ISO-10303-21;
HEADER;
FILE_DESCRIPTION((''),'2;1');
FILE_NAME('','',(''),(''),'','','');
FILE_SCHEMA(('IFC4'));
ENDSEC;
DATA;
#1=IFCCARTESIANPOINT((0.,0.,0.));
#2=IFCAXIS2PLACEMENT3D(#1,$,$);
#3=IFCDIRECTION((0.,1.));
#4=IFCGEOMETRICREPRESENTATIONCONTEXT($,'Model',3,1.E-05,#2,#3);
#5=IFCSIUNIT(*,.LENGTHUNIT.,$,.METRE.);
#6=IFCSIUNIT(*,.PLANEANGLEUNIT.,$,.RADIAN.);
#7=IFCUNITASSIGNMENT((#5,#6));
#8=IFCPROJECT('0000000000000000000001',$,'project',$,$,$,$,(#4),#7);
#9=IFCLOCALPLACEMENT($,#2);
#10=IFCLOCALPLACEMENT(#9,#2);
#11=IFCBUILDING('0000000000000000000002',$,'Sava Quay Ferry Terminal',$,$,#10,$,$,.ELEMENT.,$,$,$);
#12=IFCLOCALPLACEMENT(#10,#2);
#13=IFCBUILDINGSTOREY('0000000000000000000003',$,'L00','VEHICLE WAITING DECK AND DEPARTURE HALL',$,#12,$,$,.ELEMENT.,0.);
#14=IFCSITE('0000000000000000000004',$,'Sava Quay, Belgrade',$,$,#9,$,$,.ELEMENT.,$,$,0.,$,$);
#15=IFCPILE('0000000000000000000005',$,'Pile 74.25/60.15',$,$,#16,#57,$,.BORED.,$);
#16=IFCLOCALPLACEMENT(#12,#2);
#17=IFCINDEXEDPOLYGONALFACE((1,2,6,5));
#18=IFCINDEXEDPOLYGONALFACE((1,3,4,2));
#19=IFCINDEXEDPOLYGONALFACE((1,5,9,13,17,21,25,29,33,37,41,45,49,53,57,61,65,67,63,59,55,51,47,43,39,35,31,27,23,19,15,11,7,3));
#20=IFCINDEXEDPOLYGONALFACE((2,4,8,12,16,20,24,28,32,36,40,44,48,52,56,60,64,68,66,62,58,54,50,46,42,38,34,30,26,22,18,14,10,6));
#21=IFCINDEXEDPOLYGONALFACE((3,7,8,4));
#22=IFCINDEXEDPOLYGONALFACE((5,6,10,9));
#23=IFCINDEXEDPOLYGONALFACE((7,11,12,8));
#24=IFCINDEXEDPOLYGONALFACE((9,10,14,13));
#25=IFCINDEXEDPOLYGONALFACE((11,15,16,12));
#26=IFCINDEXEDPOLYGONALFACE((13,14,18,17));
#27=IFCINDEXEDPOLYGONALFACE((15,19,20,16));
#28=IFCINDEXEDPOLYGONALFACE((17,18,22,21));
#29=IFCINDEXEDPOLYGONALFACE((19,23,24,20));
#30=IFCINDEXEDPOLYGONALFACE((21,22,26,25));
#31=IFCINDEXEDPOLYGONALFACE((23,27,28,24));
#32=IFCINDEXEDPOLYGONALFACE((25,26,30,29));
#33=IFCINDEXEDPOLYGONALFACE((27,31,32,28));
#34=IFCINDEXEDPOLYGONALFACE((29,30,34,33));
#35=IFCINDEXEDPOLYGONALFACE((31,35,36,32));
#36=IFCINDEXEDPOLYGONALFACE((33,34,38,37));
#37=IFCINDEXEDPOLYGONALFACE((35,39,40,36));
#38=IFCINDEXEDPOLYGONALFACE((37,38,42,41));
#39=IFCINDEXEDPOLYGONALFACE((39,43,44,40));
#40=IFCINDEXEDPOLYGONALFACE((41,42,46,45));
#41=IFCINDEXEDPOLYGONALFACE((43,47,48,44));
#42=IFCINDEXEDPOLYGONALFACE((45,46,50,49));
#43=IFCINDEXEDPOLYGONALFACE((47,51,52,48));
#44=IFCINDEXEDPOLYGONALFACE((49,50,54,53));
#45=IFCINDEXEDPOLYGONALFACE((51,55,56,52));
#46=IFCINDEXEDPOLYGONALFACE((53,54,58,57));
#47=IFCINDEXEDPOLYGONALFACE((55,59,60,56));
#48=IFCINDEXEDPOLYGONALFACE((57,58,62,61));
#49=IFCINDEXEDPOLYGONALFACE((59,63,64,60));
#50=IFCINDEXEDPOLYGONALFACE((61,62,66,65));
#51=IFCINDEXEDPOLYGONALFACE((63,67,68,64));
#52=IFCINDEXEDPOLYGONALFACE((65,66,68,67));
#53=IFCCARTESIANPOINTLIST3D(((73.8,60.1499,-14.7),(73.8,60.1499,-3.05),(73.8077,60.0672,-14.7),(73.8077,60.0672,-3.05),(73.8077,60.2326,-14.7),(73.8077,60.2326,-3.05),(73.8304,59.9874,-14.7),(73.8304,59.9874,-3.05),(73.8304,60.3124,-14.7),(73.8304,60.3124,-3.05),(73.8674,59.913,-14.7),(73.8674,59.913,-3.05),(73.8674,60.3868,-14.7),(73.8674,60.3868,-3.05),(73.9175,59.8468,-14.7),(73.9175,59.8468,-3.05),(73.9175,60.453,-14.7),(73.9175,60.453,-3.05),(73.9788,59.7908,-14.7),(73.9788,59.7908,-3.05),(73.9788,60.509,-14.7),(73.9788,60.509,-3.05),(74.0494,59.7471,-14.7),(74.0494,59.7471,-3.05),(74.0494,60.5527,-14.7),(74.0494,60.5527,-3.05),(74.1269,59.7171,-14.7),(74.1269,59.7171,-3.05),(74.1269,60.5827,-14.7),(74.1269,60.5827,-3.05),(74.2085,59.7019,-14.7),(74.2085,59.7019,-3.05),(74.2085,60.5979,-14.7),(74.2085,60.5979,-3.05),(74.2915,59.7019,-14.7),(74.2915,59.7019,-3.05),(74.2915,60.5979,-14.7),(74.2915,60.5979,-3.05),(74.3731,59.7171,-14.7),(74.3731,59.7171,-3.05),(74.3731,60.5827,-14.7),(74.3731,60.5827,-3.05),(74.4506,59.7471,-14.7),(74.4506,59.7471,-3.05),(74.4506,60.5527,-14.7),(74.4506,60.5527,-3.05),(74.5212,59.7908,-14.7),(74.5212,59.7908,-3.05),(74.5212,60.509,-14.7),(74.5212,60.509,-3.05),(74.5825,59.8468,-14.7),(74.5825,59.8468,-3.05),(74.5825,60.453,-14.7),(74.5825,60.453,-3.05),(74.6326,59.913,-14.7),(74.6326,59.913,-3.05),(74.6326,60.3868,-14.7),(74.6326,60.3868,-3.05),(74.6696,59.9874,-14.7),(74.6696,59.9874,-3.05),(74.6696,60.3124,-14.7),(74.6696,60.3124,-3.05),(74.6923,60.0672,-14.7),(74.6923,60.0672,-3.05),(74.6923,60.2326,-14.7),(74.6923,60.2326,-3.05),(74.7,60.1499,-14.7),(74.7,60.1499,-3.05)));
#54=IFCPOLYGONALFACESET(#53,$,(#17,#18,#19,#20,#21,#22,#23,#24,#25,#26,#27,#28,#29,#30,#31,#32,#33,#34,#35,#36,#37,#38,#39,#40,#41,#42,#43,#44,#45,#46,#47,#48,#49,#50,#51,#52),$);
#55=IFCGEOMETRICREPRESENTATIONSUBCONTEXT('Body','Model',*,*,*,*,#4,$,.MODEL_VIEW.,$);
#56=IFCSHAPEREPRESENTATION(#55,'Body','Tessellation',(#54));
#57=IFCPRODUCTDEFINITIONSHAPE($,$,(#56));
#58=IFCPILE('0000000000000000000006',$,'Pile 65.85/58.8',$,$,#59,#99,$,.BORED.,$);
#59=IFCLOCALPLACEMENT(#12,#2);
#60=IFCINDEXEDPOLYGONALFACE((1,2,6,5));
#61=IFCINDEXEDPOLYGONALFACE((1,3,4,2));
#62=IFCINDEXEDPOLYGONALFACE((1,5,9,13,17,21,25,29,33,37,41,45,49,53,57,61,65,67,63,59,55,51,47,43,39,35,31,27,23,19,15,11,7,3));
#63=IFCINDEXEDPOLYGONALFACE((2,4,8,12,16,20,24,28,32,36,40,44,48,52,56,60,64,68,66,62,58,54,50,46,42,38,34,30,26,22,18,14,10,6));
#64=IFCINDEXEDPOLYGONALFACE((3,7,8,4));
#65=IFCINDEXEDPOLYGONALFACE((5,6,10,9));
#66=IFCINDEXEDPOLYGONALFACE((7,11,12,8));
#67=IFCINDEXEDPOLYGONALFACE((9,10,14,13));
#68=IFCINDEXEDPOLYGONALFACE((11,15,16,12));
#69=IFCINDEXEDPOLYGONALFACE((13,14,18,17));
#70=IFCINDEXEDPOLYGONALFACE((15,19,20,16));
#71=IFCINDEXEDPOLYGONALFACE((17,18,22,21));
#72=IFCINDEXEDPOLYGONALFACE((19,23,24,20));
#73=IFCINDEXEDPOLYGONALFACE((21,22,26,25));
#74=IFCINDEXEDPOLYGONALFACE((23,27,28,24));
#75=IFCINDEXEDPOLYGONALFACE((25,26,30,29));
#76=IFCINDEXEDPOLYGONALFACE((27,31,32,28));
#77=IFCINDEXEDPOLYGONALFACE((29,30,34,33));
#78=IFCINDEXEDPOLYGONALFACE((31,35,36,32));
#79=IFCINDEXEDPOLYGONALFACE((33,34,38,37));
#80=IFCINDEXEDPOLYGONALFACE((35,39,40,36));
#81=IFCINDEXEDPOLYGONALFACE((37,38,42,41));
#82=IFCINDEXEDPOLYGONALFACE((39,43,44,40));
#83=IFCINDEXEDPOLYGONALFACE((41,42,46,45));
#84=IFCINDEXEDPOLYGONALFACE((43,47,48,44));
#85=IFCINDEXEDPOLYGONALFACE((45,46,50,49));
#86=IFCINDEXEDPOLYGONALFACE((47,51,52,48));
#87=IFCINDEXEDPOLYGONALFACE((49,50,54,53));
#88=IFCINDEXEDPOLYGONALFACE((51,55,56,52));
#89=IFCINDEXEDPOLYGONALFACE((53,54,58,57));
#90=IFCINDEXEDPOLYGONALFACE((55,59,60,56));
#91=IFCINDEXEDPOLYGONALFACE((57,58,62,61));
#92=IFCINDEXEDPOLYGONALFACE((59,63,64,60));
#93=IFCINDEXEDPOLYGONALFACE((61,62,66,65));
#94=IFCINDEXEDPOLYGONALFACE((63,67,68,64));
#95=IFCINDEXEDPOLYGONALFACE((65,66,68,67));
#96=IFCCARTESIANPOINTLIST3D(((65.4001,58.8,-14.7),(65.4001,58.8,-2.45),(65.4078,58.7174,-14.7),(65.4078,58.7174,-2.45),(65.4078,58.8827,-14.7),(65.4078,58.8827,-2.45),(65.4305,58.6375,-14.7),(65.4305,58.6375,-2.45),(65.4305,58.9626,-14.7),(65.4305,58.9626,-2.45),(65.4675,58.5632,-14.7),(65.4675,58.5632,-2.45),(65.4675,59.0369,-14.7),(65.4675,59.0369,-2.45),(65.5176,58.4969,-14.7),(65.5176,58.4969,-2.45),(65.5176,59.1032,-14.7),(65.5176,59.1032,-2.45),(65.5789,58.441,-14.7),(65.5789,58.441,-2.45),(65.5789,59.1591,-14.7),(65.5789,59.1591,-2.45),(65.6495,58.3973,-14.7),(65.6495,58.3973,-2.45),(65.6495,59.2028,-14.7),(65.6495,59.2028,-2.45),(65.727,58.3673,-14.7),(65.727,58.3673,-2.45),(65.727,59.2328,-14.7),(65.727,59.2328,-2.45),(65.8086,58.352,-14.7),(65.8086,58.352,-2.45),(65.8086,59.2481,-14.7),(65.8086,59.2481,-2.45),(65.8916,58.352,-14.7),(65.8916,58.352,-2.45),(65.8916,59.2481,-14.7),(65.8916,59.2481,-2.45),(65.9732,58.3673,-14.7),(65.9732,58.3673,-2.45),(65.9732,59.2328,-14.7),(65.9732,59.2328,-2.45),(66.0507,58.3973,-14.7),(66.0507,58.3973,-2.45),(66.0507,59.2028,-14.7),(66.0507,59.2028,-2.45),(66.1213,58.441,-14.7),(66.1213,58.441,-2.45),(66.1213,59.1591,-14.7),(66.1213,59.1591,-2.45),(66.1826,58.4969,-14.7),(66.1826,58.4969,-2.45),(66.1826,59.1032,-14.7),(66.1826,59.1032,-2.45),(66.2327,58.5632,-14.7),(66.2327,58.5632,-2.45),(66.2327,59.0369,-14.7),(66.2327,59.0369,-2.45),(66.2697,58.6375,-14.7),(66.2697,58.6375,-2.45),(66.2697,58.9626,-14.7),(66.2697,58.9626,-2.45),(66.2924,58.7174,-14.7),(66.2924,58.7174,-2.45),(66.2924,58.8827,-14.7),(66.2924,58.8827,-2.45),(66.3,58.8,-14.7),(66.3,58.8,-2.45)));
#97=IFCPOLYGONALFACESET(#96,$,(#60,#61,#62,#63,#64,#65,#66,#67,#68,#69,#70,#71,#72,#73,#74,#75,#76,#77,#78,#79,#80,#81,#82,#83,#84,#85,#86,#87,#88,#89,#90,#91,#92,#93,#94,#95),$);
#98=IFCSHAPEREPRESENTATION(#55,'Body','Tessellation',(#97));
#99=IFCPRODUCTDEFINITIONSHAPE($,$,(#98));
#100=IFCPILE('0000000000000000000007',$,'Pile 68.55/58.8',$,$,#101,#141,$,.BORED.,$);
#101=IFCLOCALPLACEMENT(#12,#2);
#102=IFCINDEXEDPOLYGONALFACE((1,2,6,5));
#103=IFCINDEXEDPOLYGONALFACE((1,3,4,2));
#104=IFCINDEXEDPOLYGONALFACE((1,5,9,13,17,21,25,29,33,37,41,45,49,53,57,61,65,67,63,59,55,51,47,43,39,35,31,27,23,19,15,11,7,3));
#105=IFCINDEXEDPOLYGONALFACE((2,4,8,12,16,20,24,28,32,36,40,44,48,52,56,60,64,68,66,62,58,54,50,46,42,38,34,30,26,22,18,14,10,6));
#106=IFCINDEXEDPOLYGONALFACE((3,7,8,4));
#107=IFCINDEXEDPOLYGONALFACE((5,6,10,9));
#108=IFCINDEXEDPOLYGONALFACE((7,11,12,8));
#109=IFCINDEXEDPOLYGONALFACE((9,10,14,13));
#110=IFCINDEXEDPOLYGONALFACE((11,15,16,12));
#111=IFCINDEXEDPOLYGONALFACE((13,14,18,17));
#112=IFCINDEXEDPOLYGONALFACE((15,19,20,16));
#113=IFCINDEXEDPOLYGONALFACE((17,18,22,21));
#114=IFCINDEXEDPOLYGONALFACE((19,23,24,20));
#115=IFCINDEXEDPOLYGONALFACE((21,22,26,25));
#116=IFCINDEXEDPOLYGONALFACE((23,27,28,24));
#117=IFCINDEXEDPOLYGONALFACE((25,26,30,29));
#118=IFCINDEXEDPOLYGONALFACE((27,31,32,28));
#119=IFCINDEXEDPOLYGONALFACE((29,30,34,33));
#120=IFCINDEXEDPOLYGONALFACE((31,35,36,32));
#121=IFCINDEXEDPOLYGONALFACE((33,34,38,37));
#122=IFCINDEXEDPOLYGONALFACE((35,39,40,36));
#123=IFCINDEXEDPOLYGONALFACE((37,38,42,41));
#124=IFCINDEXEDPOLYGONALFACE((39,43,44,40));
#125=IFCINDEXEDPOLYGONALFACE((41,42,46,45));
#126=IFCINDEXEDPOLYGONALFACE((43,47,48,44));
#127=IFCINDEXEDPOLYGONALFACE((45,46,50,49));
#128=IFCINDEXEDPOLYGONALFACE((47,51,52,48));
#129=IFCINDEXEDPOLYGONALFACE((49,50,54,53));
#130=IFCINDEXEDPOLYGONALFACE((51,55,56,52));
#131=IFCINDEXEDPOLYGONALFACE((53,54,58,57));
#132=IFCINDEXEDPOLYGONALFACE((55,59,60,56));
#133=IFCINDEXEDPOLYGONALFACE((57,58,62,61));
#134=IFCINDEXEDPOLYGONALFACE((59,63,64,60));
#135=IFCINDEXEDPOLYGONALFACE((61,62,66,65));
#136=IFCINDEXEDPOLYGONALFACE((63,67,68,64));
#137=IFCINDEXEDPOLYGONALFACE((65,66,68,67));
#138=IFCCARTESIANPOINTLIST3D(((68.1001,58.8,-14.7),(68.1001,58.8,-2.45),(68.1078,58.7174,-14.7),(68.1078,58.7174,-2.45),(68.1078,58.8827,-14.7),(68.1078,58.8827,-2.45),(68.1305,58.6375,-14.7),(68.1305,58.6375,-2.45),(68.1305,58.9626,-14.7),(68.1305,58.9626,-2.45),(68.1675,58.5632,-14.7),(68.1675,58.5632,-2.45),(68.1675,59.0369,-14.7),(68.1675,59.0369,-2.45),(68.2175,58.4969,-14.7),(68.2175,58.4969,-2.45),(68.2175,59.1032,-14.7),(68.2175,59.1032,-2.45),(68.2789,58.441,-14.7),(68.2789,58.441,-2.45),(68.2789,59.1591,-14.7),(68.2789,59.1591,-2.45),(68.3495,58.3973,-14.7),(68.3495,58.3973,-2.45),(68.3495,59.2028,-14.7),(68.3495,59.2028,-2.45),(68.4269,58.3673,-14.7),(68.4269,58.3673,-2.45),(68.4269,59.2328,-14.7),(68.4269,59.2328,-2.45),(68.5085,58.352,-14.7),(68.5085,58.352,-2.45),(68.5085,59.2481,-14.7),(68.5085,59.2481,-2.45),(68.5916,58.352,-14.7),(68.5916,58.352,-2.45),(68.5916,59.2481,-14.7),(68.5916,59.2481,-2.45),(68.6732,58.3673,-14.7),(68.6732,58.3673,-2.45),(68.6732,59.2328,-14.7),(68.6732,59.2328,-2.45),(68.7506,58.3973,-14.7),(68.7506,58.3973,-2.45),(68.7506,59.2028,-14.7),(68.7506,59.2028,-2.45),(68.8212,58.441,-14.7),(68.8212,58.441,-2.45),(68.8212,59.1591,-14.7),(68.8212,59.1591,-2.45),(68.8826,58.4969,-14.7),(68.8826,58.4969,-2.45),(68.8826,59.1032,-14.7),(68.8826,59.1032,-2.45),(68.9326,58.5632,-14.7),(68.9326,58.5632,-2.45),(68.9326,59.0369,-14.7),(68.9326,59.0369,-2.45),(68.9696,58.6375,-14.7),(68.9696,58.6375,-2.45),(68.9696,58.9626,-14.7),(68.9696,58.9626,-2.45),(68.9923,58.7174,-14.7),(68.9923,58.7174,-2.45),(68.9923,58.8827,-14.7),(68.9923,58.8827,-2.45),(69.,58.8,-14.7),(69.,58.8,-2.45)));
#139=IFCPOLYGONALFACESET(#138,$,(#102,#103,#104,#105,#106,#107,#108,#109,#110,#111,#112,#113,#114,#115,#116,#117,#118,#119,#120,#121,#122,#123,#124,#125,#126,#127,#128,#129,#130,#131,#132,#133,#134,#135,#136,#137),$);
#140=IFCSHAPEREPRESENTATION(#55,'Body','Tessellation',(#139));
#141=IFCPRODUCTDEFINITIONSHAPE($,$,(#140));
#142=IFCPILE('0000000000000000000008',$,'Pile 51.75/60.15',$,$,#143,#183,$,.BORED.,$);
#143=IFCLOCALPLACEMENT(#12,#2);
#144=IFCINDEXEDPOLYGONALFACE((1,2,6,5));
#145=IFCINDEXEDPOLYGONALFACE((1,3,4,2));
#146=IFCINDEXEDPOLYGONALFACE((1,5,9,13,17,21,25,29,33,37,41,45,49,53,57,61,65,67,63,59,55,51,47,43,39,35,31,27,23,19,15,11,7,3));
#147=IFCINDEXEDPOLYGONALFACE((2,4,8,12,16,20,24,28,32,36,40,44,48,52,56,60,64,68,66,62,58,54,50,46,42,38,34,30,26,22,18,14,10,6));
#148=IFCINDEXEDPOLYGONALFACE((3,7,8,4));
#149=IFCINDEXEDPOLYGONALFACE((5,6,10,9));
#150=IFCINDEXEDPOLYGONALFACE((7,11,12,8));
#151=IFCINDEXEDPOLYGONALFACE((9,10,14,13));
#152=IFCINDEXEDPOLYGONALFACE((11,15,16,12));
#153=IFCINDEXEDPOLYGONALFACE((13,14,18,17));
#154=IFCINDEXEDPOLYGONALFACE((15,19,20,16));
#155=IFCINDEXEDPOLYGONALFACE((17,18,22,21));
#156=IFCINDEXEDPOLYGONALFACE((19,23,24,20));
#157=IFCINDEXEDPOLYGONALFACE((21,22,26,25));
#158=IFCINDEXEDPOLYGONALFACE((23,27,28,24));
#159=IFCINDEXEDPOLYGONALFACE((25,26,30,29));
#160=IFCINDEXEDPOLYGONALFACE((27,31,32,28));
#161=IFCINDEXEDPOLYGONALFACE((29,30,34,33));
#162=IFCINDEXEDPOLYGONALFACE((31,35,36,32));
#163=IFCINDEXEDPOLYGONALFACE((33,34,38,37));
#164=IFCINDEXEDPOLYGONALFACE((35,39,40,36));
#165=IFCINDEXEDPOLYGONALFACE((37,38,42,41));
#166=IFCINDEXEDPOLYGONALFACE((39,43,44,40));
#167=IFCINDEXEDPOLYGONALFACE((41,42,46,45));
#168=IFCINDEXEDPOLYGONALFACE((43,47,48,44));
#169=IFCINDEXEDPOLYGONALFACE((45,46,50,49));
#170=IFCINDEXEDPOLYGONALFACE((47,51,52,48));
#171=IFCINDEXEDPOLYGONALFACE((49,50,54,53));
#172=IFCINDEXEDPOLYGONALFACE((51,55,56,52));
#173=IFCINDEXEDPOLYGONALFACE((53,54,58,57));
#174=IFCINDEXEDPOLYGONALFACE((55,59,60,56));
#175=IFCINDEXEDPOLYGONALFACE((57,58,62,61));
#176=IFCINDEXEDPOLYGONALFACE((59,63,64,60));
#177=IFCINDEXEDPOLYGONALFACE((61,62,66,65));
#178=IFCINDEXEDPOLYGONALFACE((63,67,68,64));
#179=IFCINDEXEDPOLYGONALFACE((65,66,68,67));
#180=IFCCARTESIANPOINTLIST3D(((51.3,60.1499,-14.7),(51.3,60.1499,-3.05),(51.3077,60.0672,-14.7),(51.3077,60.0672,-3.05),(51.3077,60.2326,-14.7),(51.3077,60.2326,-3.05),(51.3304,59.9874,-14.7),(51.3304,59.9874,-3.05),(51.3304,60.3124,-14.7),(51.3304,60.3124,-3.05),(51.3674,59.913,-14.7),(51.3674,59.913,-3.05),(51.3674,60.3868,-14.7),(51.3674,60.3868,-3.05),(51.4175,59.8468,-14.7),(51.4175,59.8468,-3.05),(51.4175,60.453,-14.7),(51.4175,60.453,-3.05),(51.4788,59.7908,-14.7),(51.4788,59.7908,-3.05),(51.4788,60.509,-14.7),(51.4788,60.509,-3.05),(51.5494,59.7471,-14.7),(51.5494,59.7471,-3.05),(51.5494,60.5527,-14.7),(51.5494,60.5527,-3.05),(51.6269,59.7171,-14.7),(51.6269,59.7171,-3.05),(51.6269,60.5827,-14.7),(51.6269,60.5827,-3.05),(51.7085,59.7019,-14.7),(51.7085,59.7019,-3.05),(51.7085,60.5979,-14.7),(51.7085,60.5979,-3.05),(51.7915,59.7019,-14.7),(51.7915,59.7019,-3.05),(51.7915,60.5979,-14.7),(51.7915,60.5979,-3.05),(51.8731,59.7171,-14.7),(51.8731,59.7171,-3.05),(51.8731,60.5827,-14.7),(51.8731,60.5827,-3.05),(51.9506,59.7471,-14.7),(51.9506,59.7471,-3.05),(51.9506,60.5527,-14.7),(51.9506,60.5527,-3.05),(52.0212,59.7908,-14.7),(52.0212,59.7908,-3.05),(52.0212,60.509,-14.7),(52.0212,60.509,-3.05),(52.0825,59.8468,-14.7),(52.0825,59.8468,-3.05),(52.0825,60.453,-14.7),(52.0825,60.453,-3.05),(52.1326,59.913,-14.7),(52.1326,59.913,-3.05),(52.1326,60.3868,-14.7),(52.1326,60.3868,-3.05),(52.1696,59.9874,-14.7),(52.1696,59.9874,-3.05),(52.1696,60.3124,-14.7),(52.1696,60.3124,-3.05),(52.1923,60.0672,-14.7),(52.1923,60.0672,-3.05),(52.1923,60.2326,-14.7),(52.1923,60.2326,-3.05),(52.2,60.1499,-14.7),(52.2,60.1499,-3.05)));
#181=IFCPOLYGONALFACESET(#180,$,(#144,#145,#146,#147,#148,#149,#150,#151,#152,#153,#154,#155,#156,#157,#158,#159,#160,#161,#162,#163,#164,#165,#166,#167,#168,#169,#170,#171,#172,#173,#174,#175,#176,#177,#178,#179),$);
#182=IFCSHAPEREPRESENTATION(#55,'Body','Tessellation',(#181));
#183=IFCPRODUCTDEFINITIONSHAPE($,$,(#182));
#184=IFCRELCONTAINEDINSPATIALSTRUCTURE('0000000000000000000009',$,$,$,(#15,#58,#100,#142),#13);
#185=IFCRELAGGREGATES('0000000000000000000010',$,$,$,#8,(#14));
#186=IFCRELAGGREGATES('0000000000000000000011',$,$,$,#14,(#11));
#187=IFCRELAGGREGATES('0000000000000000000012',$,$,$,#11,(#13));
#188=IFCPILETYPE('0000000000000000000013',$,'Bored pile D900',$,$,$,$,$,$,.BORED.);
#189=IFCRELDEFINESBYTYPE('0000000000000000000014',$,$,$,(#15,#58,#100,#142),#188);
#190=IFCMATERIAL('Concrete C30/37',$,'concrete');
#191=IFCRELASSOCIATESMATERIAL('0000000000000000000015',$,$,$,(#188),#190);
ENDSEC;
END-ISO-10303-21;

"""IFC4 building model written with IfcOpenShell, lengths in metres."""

from ifc_helpers import new_model, si_unit, direction, frame, origin, origin_2d, place, context, subcontext, project, spatial, circle, extrude, material, material_profile, profile_set, type_object, element, save


model = new_model("IFC4")

# Units and contexts
model_context = context("Model", 3, precision=1e-05, world=origin(), true_north=direction((0.0, 1.0)))
body_context = subcontext(model_context, "Body", "Model", "MODEL_VIEW")
ifc_project = project(units=[si_unit("LENGTHUNIT", "METRE"), si_unit("PLANEANGLEUNIT", "RADIAN")], contexts=[model_context])

# Site, building, storey
site_placement = place(None, origin())
site = spatial("IfcSite", under=ifc_project, at=site_placement, Name="Sava Quay, Belgrade", CompositionType="ELEMENT", RefElevation=0.0)
building_placement = place(site_placement, origin())
building = spatial("IfcBuilding", under=site, at=building_placement, Name="Sava Quay Ferry Terminal", CompositionType="ELEMENT")
storey_placement = place(building_placement, origin())
storey = spatial("IfcBuildingStorey", under=building, at=storey_placement, Name="L00", Description="VEHICLE WAITING DECK AND DEPARTURE HALL", CompositionType="ELEMENT", Elevation=0.0)

# Piles
ifc_material_1 = material(Name="Concrete C30/37", Category="concrete")
ifc_material_profile_1 = material_profile(ifc_material_1, circle(Radius=0.45, at=origin_2d()), Name="Bored pile D900")
ifc_profile_set_1 = profile_set([ifc_material_profile_1], Name="Concrete C30/37")
pile_type = type_object("IfcPileType", Name="Bored pile D900", PredefinedType="BORED", material=ifc_profile_set_1)
pile_1_placement = place(storey_placement, frame((74.25, 60.1499, -3.05), z_axis=(0.0, 0.0, -1.0), x_axis=(1.0, 0.0, 0.0)))
element("IfcPile", 1, at=pile_1_placement, inside=storey, type_object=pile_type, Name="Pile 74.25/60.15", PredefinedType="BORED", context=body_context, shape_type="SweptSolid", body=[
    extrude(circle(Radius=0.45, at=origin_2d()), origin(), (0.0, 0.0, 1.0), 11.6499),
])
for number, where, z_axis, x_axis, name in (
    (2, (65.8501, 58.8, -2.45), (0.0, 0.0, -1.0), (1.0, 0.0, 0.0), "Pile 65.85/58.8"),
    (3, (68.55, 58.8, -2.45), (0.0, 0.0, -1.0), (1.0, 0.0, 0.0), "Pile 68.55/58.8"),
):
    element("IfcPile", number, at=place(storey_placement, frame(where, z_axis=z_axis, x_axis=x_axis)), inside=storey, type_object=pile_type, Name=name, PredefinedType="BORED", context=body_context, shape_type="SweptSolid", body=[
        extrude(circle(Radius=0.45, at=origin_2d()), origin(), (0.0, 0.0, 1.0), 12.25),
    ])
pile_2_placement = place(storey_placement, frame((51.75, 60.1499, -3.05), z_axis=(0.0, 0.0, -1.0), x_axis=(1.0, 0.0, 0.0)))
element("IfcPile", 4, at=pile_2_placement, inside=storey, type_object=pile_type, Name="Pile 51.75/60.15", PredefinedType="BORED", context=body_context, shape_type="SweptSolid", body=[
    extrude(circle(Radius=0.45, at=origin_2d()), origin(), (0.0, 0.0, 1.0), 11.6499),
])

save(model, "model.ifc")
